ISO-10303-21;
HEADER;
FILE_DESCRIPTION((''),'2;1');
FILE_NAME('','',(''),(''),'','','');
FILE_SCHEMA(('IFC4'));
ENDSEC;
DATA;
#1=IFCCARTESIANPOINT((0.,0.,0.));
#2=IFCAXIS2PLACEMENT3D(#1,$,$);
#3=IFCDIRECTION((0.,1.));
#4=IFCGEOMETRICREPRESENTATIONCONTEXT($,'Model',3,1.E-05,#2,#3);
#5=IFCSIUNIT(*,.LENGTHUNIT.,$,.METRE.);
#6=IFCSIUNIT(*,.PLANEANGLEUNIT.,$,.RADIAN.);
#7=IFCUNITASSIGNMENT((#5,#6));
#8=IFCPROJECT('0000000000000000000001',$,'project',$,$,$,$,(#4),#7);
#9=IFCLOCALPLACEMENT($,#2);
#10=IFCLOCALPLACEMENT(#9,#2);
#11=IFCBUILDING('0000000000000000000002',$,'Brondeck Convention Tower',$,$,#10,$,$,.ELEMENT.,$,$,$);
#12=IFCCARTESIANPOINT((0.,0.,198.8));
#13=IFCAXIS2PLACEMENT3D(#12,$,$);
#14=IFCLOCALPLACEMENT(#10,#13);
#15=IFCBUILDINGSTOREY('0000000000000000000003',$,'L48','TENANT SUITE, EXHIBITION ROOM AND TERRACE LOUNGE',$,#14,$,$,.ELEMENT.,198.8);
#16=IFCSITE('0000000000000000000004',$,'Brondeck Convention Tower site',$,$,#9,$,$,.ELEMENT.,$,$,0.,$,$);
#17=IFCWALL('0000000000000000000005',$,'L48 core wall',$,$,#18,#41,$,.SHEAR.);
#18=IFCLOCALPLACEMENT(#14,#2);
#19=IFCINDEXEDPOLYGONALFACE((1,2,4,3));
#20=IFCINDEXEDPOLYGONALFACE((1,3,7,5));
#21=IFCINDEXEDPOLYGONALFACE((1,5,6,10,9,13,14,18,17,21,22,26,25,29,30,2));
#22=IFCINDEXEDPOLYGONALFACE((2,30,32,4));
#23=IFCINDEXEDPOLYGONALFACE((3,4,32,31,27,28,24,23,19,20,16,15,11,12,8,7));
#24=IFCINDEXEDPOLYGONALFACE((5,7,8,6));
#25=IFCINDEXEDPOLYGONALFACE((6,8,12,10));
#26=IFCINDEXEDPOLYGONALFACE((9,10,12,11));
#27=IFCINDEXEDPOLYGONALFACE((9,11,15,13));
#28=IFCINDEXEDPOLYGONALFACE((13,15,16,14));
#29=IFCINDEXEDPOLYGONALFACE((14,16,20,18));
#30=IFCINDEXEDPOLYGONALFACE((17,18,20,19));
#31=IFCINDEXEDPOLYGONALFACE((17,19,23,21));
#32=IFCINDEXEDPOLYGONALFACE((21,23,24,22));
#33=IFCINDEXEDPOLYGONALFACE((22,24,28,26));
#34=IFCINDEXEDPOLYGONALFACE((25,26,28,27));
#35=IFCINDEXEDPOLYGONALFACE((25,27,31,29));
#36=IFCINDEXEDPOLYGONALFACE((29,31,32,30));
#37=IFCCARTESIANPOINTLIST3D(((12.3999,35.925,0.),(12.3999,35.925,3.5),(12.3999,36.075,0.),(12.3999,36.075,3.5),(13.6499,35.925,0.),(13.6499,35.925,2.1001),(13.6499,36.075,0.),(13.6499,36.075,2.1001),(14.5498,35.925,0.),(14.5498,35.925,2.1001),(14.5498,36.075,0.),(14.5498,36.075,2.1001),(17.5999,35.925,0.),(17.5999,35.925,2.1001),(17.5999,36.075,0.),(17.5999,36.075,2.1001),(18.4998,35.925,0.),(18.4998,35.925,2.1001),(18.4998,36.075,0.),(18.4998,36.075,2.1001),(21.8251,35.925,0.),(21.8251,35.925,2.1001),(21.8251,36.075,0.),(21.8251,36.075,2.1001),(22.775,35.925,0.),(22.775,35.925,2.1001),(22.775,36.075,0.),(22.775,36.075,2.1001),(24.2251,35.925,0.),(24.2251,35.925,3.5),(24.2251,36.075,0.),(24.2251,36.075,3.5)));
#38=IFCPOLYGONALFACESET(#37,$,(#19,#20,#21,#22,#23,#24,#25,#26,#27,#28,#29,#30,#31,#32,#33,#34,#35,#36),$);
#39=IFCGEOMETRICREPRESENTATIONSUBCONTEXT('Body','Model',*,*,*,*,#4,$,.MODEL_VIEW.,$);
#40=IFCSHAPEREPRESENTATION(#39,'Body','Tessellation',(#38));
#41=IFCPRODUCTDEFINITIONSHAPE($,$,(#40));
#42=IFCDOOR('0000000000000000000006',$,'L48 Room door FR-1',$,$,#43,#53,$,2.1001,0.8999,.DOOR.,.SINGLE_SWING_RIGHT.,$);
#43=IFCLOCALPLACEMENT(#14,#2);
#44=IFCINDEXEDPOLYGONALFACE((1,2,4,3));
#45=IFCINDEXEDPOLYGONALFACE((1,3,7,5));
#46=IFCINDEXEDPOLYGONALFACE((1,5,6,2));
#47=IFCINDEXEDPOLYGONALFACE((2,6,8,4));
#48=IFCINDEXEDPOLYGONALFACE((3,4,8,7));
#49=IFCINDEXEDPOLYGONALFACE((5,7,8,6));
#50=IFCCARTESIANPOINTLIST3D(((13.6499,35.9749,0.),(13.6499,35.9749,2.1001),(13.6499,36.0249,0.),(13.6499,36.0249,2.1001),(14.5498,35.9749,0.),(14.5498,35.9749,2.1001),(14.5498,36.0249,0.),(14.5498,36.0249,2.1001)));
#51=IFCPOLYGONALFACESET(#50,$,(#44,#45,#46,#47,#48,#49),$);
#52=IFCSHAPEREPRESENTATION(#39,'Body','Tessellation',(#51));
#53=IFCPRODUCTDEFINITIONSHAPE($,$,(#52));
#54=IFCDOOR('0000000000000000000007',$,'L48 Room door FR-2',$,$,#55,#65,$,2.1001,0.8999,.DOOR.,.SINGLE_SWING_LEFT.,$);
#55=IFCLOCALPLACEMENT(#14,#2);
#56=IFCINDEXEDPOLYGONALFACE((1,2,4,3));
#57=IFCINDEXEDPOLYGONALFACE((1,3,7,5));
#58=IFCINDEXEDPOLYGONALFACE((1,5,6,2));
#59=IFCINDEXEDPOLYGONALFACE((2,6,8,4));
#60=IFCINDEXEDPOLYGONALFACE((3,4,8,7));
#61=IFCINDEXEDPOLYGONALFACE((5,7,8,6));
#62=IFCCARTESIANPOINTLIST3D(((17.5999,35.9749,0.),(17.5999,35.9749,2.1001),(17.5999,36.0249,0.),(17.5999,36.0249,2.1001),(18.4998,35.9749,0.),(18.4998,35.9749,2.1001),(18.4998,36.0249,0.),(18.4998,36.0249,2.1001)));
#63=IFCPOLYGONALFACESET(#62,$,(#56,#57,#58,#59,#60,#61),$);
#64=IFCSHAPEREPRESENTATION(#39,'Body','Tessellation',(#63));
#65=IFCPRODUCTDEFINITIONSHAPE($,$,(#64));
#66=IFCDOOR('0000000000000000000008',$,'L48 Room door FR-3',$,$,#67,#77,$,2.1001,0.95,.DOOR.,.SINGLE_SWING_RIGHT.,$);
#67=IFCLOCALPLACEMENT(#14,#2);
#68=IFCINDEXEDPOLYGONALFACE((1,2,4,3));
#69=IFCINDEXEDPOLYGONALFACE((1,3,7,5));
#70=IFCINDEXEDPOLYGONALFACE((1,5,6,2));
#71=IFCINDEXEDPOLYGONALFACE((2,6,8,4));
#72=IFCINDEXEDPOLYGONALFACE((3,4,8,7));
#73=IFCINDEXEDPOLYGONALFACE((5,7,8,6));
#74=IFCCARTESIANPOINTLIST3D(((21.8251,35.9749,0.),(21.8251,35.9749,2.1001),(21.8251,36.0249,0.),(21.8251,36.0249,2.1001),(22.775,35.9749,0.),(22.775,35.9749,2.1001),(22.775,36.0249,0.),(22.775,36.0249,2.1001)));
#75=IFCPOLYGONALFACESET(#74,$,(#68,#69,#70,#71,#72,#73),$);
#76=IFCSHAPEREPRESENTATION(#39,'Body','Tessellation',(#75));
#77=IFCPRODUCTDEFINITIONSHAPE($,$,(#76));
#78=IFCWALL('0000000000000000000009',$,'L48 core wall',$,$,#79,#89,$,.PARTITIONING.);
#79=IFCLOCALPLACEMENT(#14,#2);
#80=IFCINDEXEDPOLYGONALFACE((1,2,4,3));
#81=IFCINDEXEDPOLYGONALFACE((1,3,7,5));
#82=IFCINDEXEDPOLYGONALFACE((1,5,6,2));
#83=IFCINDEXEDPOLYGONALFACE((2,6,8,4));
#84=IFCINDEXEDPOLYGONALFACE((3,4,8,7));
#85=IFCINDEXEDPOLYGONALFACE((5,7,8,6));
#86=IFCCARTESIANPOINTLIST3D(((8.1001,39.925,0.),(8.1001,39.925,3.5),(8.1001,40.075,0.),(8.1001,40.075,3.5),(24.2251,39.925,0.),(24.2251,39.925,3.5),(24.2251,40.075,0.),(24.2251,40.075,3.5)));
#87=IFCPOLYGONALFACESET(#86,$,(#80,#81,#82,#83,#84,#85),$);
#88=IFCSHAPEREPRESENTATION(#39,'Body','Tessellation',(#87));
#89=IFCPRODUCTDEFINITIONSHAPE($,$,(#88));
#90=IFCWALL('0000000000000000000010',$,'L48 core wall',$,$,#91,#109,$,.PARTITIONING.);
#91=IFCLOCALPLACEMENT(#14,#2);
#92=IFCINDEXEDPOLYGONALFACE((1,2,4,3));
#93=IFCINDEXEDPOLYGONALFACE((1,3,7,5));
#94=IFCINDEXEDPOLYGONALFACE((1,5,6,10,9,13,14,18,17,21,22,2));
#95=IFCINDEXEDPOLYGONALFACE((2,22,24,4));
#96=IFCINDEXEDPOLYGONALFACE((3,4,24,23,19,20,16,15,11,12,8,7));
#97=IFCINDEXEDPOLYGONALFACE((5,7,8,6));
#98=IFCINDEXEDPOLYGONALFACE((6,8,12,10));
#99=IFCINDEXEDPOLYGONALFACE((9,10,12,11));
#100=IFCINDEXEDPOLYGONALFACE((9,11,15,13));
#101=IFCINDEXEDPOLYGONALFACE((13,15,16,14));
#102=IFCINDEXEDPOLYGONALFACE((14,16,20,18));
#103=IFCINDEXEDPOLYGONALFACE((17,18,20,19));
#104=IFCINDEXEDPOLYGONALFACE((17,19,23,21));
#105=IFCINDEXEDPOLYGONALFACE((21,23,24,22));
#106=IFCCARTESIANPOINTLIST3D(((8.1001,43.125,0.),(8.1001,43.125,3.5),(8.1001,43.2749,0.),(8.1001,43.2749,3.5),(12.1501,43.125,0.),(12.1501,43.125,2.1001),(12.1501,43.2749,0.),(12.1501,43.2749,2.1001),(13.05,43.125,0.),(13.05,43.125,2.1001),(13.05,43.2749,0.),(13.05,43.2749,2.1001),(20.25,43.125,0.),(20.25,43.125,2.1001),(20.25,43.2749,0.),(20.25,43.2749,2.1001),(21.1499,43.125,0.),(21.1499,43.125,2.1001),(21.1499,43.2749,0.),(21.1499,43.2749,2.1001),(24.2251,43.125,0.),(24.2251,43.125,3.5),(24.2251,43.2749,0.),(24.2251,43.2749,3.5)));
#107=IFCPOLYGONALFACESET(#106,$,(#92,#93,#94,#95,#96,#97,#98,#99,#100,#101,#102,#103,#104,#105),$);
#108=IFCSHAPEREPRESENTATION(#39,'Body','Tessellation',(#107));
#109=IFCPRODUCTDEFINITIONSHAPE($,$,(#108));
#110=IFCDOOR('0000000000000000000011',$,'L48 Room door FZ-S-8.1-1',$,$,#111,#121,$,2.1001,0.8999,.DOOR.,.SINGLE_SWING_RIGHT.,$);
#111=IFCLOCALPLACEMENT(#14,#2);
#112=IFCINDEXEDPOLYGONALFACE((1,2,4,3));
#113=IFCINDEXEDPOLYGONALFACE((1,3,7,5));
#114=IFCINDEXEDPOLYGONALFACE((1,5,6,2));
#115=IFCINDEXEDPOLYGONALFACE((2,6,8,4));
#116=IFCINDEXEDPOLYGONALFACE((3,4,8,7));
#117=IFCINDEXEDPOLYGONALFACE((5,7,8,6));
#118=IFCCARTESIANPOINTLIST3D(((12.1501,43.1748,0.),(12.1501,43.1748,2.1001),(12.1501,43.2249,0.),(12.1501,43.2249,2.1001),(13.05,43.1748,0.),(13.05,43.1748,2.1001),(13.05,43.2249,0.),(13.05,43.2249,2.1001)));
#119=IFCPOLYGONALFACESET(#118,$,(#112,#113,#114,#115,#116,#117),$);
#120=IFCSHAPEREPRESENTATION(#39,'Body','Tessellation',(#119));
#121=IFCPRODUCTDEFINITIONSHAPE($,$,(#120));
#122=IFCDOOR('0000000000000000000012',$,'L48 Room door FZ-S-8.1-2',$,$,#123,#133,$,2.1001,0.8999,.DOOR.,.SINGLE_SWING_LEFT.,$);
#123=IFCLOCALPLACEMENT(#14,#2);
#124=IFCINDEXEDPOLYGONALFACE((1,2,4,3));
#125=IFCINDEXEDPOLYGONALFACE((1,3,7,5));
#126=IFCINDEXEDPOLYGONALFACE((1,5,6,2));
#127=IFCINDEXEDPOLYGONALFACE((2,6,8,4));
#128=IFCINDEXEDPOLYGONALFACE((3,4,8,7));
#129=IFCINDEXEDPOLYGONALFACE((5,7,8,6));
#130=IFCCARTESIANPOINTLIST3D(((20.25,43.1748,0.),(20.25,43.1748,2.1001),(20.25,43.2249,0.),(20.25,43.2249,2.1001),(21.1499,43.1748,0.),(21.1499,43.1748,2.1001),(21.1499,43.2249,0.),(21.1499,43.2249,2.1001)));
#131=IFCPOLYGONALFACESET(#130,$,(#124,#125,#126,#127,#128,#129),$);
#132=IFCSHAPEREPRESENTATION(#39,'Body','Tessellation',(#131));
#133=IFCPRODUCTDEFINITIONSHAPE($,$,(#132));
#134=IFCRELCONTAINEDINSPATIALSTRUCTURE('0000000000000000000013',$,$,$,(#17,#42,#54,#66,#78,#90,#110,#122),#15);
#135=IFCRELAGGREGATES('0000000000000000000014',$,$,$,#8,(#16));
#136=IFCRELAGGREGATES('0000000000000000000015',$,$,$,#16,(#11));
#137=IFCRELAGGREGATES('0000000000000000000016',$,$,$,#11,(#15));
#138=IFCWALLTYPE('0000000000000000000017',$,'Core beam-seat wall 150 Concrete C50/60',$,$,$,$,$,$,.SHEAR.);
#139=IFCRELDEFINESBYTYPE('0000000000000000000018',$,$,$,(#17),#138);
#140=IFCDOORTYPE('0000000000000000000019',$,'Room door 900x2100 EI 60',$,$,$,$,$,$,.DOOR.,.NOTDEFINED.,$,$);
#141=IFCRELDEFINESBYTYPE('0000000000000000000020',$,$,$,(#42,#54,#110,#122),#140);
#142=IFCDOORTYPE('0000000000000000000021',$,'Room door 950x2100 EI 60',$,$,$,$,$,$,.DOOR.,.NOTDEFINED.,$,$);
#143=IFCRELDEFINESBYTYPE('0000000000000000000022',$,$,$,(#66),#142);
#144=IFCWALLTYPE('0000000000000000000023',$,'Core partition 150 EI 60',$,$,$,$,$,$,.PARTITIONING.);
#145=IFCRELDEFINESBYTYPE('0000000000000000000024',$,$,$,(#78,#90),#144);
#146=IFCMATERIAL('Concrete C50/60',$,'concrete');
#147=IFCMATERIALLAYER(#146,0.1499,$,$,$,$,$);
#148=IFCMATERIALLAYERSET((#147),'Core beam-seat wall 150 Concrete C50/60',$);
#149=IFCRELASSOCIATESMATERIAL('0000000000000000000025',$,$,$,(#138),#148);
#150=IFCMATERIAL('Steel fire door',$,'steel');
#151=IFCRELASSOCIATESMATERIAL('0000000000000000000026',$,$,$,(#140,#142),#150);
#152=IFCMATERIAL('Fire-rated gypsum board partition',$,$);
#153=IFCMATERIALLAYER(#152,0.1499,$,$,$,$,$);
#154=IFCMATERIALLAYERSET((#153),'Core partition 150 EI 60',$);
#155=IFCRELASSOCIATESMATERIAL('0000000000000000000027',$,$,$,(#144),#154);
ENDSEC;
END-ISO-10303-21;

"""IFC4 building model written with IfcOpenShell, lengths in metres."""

from ifc_helpers import new_model, si_unit, direction, frame, frame_2d, origin, place, context, subcontext, project, spatial, rectangle, extrude, material, layer, layer_set, type_object, element, fill, save


model = new_model("IFC4")

# Units and contexts
model_context = context("Model", 3, precision=1e-05, world=origin(), true_north=direction((0.0, 1.0)))
body_context = subcontext(model_context, "Body", "Model", "MODEL_VIEW")
ifc_project = project(units=[si_unit("LENGTHUNIT", "METRE"), si_unit("PLANEANGLEUNIT", "RADIAN")], contexts=[model_context])

# Site, building, storey
site_placement = place(None, origin())
site = spatial("IfcSite", under=ifc_project, at=site_placement, Name="Brondeck Convention Tower site", CompositionType="ELEMENT", RefElevation=0.0)
building_placement = place(site_placement, origin())
building = spatial("IfcBuilding", under=site, at=building_placement, Name="Brondeck Convention Tower", CompositionType="ELEMENT")
storey_placement = place(building_placement, frame((0.0, 0.0, 198.8)))
storey = spatial("IfcBuildingStorey", under=building, at=storey_placement, Name="L48", Description="TENANT SUITE, EXHIBITION ROOM AND TERRACE LOUNGE", CompositionType="ELEMENT", Elevation=198.8)

# Wall, openings, doors
ifc_material_1 = material(Name="Concrete C50/60", Category="concrete")
ifc_layer_1 = layer(ifc_material_1, 0.1499)
ifc_layer_set_1 = layer_set([ifc_layer_1], Name="Core beam-seat wall 150 Concrete C50/60")
wall_type_1 = type_object("IfcWallType", Name="Core beam-seat wall 150 Concrete C50/60", PredefinedType="SHEAR", material=ifc_layer_set_1)
wall_1_placement = place(storey_placement, frame((12.3999, 36.0, 0.0), z_axis=(0.0, 0.0, 1.0), x_axis=(1.0, 0.0, 0.0)))
wall_1 = element("IfcWall", 1, at=wall_1_placement, inside=storey, type_object=wall_type_1, Name="L48 core wall", PredefinedType="SHEAR", context=body_context, shape_type="SweptSolid", body=[
    extrude(rectangle(XDim=11.8252, YDim=0.1499, at=frame_2d((5.9126, 0.0))), origin(), (0.0, 0.0, 1.0), 3.5),
])
opening_1_placement = place(wall_1_placement, frame((1.25, 0.0, 0.0)))
opening_1 = element("IfcOpeningElement", 2, at=opening_1_placement, cuts=wall_1, PredefinedType="OPENING", context=body_context, shape_type="SweptSolid", body=[
    extrude(rectangle(XDim=0.8999, YDim=2.1001, at=frame_2d((0.45, 1.05))), frame((0.0, 0.085, 0.0), z_axis=(0.0, -1.0, 0.0), x_axis=(1.0, 0.0, 0.0)), (0.0, 0.0, 1.0), 0.1699),
])
opening_2_placement = place(wall_1_placement, frame((5.2, 0.0, 0.0)))
opening_2 = element("IfcOpeningElement", 3, at=opening_2_placement, cuts=wall_1, PredefinedType="OPENING", context=body_context, shape_type="SweptSolid", body=[
    extrude(rectangle(XDim=0.8999, YDim=2.1001, at=frame_2d((0.45, 1.05))), frame((0.0, 0.085, 0.0), z_axis=(0.0, -1.0, 0.0), x_axis=(1.0, 0.0, 0.0)), (0.0, 0.0, 1.0), 0.1699),
])
opening_3_placement = place(wall_1_placement, frame((9.425, 0.0, 0.0)))
opening_3 = element("IfcOpeningElement", 4, at=opening_3_placement, cuts=wall_1, PredefinedType="OPENING", context=body_context, shape_type="SweptSolid", body=[
    extrude(rectangle(XDim=0.95, YDim=2.1001, at=frame_2d((0.4751, 1.05))), frame((0.0, 0.085, 0.0), z_axis=(0.0, -1.0, 0.0), x_axis=(1.0, 0.0, 0.0)), (0.0, 0.0, 1.0), 0.1699),
])
ifc_material_2 = material(Name="Steel fire door", Category="steel")
door_type_1 = type_object("IfcDoorType", Name="Room door 900x2100 EI 60", OperationType="NOTDEFINED", PredefinedType="DOOR", material=ifc_material_2)
door_1_placement = place(opening_1_placement, origin())
door_1 = element("IfcDoor", 5, at=door_1_placement, inside=storey, type_object=door_type_1, Name="L48 Room door FR-1", OperationType="SINGLE_SWING_RIGHT", OverallHeight=2.1001, OverallWidth=0.8999, PredefinedType="DOOR", context=body_context, shape_type="SweptSolid", body=[
    extrude(rectangle(XDim=0.8999, YDim=2.1001, at=frame_2d((0.45, 1.05))), frame((0.0, 0.0249, 0.0), z_axis=(0.0, -1.0, 0.0), x_axis=(1.0, 0.0, 0.0)), (0.0, 0.0, 1.0), 0.05),
])
fill(opening_1, door_1)
door_2_placement = place(opening_2_placement, origin())
door_2 = element("IfcDoor", 6, at=door_2_placement, inside=storey, type_object=door_type_1, Name="L48 Room door FR-2", OperationType="SINGLE_SWING_LEFT", OverallHeight=2.1001, OverallWidth=0.8999, PredefinedType="DOOR", context=body_context, shape_type="SweptSolid", body=[
    extrude(rectangle(XDim=0.8999, YDim=2.1001, at=frame_2d((0.45, 1.05))), frame((0.0, 0.0249, 0.0), z_axis=(0.0, -1.0, 0.0), x_axis=(1.0, 0.0, 0.0)), (0.0, 0.0, 1.0), 0.05),
])
fill(opening_2, door_2)
door_type_2 = type_object("IfcDoorType", Name="Room door 950x2100 EI 60", OperationType="NOTDEFINED", PredefinedType="DOOR", material=ifc_material_2)
door_3_placement = place(opening_3_placement, origin())
door_3 = element("IfcDoor", 7, at=door_3_placement, inside=storey, type_object=door_type_2, Name="L48 Room door FR-3", OperationType="SINGLE_SWING_RIGHT", OverallHeight=2.1001, OverallWidth=0.95, PredefinedType="DOOR", context=body_context, shape_type="SweptSolid", body=[
    extrude(rectangle(XDim=0.95, YDim=2.1001, at=frame_2d((0.4751, 1.05))), frame((0.0, 0.0249, 0.0), z_axis=(0.0, -1.0, 0.0), x_axis=(1.0, 0.0, 0.0)), (0.0, 0.0, 1.0), 0.05),
])
fill(opening_3, door_3)

# Wall
ifc_material_3 = material(Name="Fire-rated gypsum board partition")
ifc_layer_2 = layer(ifc_material_3, 0.1499)
ifc_layer_set_2 = layer_set([ifc_layer_2], Name="Core partition 150 EI 60")
wall_type_2 = type_object("IfcWallType", Name="Core partition 150 EI 60", PredefinedType="PARTITIONING", material=ifc_layer_set_2)
wall_2_placement = place(storey_placement, frame((8.1001, 40.0, 0.0), z_axis=(0.0, 0.0, 1.0), x_axis=(1.0, 0.0, 0.0)))
element("IfcWall", 8, at=wall_2_placement, inside=storey, type_object=wall_type_2, Name="L48 core wall", PredefinedType="PARTITIONING", context=body_context, shape_type="SweptSolid", body=[
    extrude(rectangle(XDim=16.125, YDim=0.1499, at=frame_2d((8.0625, 0.0))), origin(), (0.0, 0.0, 1.0), 3.5),
])

# Wall, openings, doors
wall_3_placement = place(storey_placement, frame((8.1001, 43.2, 0.0), z_axis=(0.0, 0.0, 1.0), x_axis=(1.0, 0.0, 0.0)))
wall_3 = element("IfcWall", 9, at=wall_3_placement, inside=storey, type_object=wall_type_2, Name="L48 core wall", PredefinedType="PARTITIONING", context=body_context, shape_type="SweptSolid", body=[
    extrude(rectangle(XDim=16.125, YDim=0.1499, at=frame_2d((8.0625, 0.0))), origin(), (0.0, 0.0, 1.0), 3.5),
])
opening_4_placement = place(wall_3_placement, frame((4.05, 0.0, 0.0)))
opening_4 = element("IfcOpeningElement", 10, at=opening_4_placement, cuts=wall_3, PredefinedType="OPENING", context=body_context, shape_type="SweptSolid", body=[
    extrude(rectangle(XDim=0.8999, YDim=2.1001, at=frame_2d((0.45, 1.05))), frame((0.0, 0.085, 0.0), z_axis=(0.0, -1.0, 0.0), x_axis=(1.0, 0.0, 0.0)), (0.0, 0.0, 1.0), 0.1699),
])
opening_5_placement = place(wall_3_placement, frame((12.1499, 0.0, 0.0)))
opening_5 = element("IfcOpeningElement", 11, at=opening_5_placement, cuts=wall_3, PredefinedType="OPENING", context=body_context, shape_type="SweptSolid", body=[
    extrude(rectangle(XDim=0.8999, YDim=2.1001, at=frame_2d((0.45, 1.05))), frame((0.0, 0.085, 0.0), z_axis=(0.0, -1.0, 0.0), x_axis=(1.0, 0.0, 0.0)), (0.0, 0.0, 1.0), 0.1699),
])
door_4_placement = place(opening_4_placement, origin())
door_4 = element("IfcDoor", 12, at=door_4_placement, inside=storey, type_object=door_type_1, Name="L48 Room door FZ-S-8.1-1", OperationType="SINGLE_SWING_RIGHT", OverallHeight=2.1001, OverallWidth=0.8999, PredefinedType="DOOR", context=body_context, shape_type="SweptSolid", body=[
    extrude(rectangle(XDim=0.8999, YDim=2.1001, at=frame_2d((0.45, 1.05))), frame((0.0, 0.0249, 0.0), z_axis=(0.0, -1.0, 0.0), x_axis=(1.0, 0.0, 0.0)), (0.0, 0.0, 1.0), 0.05),
])
fill(opening_4, door_4)
door_5_placement = place(opening_5_placement, origin())
door_5 = element("IfcDoor", 13, at=door_5_placement, inside=storey, type_object=door_type_1, Name="L48 Room door FZ-S-8.1-2", OperationType="SINGLE_SWING_LEFT", OverallHeight=2.1001, OverallWidth=0.8999, PredefinedType="DOOR", context=body_context, shape_type="SweptSolid", body=[
    extrude(rectangle(XDim=0.8999, YDim=2.1001, at=frame_2d((0.45, 1.05))), frame((0.0, 0.0249, 0.0), z_axis=(0.0, -1.0, 0.0), x_axis=(1.0, 0.0, 0.0)), (0.0, 0.0, 1.0), 0.05),
])
fill(opening_5, door_5)

save(model, "model.ifc")
